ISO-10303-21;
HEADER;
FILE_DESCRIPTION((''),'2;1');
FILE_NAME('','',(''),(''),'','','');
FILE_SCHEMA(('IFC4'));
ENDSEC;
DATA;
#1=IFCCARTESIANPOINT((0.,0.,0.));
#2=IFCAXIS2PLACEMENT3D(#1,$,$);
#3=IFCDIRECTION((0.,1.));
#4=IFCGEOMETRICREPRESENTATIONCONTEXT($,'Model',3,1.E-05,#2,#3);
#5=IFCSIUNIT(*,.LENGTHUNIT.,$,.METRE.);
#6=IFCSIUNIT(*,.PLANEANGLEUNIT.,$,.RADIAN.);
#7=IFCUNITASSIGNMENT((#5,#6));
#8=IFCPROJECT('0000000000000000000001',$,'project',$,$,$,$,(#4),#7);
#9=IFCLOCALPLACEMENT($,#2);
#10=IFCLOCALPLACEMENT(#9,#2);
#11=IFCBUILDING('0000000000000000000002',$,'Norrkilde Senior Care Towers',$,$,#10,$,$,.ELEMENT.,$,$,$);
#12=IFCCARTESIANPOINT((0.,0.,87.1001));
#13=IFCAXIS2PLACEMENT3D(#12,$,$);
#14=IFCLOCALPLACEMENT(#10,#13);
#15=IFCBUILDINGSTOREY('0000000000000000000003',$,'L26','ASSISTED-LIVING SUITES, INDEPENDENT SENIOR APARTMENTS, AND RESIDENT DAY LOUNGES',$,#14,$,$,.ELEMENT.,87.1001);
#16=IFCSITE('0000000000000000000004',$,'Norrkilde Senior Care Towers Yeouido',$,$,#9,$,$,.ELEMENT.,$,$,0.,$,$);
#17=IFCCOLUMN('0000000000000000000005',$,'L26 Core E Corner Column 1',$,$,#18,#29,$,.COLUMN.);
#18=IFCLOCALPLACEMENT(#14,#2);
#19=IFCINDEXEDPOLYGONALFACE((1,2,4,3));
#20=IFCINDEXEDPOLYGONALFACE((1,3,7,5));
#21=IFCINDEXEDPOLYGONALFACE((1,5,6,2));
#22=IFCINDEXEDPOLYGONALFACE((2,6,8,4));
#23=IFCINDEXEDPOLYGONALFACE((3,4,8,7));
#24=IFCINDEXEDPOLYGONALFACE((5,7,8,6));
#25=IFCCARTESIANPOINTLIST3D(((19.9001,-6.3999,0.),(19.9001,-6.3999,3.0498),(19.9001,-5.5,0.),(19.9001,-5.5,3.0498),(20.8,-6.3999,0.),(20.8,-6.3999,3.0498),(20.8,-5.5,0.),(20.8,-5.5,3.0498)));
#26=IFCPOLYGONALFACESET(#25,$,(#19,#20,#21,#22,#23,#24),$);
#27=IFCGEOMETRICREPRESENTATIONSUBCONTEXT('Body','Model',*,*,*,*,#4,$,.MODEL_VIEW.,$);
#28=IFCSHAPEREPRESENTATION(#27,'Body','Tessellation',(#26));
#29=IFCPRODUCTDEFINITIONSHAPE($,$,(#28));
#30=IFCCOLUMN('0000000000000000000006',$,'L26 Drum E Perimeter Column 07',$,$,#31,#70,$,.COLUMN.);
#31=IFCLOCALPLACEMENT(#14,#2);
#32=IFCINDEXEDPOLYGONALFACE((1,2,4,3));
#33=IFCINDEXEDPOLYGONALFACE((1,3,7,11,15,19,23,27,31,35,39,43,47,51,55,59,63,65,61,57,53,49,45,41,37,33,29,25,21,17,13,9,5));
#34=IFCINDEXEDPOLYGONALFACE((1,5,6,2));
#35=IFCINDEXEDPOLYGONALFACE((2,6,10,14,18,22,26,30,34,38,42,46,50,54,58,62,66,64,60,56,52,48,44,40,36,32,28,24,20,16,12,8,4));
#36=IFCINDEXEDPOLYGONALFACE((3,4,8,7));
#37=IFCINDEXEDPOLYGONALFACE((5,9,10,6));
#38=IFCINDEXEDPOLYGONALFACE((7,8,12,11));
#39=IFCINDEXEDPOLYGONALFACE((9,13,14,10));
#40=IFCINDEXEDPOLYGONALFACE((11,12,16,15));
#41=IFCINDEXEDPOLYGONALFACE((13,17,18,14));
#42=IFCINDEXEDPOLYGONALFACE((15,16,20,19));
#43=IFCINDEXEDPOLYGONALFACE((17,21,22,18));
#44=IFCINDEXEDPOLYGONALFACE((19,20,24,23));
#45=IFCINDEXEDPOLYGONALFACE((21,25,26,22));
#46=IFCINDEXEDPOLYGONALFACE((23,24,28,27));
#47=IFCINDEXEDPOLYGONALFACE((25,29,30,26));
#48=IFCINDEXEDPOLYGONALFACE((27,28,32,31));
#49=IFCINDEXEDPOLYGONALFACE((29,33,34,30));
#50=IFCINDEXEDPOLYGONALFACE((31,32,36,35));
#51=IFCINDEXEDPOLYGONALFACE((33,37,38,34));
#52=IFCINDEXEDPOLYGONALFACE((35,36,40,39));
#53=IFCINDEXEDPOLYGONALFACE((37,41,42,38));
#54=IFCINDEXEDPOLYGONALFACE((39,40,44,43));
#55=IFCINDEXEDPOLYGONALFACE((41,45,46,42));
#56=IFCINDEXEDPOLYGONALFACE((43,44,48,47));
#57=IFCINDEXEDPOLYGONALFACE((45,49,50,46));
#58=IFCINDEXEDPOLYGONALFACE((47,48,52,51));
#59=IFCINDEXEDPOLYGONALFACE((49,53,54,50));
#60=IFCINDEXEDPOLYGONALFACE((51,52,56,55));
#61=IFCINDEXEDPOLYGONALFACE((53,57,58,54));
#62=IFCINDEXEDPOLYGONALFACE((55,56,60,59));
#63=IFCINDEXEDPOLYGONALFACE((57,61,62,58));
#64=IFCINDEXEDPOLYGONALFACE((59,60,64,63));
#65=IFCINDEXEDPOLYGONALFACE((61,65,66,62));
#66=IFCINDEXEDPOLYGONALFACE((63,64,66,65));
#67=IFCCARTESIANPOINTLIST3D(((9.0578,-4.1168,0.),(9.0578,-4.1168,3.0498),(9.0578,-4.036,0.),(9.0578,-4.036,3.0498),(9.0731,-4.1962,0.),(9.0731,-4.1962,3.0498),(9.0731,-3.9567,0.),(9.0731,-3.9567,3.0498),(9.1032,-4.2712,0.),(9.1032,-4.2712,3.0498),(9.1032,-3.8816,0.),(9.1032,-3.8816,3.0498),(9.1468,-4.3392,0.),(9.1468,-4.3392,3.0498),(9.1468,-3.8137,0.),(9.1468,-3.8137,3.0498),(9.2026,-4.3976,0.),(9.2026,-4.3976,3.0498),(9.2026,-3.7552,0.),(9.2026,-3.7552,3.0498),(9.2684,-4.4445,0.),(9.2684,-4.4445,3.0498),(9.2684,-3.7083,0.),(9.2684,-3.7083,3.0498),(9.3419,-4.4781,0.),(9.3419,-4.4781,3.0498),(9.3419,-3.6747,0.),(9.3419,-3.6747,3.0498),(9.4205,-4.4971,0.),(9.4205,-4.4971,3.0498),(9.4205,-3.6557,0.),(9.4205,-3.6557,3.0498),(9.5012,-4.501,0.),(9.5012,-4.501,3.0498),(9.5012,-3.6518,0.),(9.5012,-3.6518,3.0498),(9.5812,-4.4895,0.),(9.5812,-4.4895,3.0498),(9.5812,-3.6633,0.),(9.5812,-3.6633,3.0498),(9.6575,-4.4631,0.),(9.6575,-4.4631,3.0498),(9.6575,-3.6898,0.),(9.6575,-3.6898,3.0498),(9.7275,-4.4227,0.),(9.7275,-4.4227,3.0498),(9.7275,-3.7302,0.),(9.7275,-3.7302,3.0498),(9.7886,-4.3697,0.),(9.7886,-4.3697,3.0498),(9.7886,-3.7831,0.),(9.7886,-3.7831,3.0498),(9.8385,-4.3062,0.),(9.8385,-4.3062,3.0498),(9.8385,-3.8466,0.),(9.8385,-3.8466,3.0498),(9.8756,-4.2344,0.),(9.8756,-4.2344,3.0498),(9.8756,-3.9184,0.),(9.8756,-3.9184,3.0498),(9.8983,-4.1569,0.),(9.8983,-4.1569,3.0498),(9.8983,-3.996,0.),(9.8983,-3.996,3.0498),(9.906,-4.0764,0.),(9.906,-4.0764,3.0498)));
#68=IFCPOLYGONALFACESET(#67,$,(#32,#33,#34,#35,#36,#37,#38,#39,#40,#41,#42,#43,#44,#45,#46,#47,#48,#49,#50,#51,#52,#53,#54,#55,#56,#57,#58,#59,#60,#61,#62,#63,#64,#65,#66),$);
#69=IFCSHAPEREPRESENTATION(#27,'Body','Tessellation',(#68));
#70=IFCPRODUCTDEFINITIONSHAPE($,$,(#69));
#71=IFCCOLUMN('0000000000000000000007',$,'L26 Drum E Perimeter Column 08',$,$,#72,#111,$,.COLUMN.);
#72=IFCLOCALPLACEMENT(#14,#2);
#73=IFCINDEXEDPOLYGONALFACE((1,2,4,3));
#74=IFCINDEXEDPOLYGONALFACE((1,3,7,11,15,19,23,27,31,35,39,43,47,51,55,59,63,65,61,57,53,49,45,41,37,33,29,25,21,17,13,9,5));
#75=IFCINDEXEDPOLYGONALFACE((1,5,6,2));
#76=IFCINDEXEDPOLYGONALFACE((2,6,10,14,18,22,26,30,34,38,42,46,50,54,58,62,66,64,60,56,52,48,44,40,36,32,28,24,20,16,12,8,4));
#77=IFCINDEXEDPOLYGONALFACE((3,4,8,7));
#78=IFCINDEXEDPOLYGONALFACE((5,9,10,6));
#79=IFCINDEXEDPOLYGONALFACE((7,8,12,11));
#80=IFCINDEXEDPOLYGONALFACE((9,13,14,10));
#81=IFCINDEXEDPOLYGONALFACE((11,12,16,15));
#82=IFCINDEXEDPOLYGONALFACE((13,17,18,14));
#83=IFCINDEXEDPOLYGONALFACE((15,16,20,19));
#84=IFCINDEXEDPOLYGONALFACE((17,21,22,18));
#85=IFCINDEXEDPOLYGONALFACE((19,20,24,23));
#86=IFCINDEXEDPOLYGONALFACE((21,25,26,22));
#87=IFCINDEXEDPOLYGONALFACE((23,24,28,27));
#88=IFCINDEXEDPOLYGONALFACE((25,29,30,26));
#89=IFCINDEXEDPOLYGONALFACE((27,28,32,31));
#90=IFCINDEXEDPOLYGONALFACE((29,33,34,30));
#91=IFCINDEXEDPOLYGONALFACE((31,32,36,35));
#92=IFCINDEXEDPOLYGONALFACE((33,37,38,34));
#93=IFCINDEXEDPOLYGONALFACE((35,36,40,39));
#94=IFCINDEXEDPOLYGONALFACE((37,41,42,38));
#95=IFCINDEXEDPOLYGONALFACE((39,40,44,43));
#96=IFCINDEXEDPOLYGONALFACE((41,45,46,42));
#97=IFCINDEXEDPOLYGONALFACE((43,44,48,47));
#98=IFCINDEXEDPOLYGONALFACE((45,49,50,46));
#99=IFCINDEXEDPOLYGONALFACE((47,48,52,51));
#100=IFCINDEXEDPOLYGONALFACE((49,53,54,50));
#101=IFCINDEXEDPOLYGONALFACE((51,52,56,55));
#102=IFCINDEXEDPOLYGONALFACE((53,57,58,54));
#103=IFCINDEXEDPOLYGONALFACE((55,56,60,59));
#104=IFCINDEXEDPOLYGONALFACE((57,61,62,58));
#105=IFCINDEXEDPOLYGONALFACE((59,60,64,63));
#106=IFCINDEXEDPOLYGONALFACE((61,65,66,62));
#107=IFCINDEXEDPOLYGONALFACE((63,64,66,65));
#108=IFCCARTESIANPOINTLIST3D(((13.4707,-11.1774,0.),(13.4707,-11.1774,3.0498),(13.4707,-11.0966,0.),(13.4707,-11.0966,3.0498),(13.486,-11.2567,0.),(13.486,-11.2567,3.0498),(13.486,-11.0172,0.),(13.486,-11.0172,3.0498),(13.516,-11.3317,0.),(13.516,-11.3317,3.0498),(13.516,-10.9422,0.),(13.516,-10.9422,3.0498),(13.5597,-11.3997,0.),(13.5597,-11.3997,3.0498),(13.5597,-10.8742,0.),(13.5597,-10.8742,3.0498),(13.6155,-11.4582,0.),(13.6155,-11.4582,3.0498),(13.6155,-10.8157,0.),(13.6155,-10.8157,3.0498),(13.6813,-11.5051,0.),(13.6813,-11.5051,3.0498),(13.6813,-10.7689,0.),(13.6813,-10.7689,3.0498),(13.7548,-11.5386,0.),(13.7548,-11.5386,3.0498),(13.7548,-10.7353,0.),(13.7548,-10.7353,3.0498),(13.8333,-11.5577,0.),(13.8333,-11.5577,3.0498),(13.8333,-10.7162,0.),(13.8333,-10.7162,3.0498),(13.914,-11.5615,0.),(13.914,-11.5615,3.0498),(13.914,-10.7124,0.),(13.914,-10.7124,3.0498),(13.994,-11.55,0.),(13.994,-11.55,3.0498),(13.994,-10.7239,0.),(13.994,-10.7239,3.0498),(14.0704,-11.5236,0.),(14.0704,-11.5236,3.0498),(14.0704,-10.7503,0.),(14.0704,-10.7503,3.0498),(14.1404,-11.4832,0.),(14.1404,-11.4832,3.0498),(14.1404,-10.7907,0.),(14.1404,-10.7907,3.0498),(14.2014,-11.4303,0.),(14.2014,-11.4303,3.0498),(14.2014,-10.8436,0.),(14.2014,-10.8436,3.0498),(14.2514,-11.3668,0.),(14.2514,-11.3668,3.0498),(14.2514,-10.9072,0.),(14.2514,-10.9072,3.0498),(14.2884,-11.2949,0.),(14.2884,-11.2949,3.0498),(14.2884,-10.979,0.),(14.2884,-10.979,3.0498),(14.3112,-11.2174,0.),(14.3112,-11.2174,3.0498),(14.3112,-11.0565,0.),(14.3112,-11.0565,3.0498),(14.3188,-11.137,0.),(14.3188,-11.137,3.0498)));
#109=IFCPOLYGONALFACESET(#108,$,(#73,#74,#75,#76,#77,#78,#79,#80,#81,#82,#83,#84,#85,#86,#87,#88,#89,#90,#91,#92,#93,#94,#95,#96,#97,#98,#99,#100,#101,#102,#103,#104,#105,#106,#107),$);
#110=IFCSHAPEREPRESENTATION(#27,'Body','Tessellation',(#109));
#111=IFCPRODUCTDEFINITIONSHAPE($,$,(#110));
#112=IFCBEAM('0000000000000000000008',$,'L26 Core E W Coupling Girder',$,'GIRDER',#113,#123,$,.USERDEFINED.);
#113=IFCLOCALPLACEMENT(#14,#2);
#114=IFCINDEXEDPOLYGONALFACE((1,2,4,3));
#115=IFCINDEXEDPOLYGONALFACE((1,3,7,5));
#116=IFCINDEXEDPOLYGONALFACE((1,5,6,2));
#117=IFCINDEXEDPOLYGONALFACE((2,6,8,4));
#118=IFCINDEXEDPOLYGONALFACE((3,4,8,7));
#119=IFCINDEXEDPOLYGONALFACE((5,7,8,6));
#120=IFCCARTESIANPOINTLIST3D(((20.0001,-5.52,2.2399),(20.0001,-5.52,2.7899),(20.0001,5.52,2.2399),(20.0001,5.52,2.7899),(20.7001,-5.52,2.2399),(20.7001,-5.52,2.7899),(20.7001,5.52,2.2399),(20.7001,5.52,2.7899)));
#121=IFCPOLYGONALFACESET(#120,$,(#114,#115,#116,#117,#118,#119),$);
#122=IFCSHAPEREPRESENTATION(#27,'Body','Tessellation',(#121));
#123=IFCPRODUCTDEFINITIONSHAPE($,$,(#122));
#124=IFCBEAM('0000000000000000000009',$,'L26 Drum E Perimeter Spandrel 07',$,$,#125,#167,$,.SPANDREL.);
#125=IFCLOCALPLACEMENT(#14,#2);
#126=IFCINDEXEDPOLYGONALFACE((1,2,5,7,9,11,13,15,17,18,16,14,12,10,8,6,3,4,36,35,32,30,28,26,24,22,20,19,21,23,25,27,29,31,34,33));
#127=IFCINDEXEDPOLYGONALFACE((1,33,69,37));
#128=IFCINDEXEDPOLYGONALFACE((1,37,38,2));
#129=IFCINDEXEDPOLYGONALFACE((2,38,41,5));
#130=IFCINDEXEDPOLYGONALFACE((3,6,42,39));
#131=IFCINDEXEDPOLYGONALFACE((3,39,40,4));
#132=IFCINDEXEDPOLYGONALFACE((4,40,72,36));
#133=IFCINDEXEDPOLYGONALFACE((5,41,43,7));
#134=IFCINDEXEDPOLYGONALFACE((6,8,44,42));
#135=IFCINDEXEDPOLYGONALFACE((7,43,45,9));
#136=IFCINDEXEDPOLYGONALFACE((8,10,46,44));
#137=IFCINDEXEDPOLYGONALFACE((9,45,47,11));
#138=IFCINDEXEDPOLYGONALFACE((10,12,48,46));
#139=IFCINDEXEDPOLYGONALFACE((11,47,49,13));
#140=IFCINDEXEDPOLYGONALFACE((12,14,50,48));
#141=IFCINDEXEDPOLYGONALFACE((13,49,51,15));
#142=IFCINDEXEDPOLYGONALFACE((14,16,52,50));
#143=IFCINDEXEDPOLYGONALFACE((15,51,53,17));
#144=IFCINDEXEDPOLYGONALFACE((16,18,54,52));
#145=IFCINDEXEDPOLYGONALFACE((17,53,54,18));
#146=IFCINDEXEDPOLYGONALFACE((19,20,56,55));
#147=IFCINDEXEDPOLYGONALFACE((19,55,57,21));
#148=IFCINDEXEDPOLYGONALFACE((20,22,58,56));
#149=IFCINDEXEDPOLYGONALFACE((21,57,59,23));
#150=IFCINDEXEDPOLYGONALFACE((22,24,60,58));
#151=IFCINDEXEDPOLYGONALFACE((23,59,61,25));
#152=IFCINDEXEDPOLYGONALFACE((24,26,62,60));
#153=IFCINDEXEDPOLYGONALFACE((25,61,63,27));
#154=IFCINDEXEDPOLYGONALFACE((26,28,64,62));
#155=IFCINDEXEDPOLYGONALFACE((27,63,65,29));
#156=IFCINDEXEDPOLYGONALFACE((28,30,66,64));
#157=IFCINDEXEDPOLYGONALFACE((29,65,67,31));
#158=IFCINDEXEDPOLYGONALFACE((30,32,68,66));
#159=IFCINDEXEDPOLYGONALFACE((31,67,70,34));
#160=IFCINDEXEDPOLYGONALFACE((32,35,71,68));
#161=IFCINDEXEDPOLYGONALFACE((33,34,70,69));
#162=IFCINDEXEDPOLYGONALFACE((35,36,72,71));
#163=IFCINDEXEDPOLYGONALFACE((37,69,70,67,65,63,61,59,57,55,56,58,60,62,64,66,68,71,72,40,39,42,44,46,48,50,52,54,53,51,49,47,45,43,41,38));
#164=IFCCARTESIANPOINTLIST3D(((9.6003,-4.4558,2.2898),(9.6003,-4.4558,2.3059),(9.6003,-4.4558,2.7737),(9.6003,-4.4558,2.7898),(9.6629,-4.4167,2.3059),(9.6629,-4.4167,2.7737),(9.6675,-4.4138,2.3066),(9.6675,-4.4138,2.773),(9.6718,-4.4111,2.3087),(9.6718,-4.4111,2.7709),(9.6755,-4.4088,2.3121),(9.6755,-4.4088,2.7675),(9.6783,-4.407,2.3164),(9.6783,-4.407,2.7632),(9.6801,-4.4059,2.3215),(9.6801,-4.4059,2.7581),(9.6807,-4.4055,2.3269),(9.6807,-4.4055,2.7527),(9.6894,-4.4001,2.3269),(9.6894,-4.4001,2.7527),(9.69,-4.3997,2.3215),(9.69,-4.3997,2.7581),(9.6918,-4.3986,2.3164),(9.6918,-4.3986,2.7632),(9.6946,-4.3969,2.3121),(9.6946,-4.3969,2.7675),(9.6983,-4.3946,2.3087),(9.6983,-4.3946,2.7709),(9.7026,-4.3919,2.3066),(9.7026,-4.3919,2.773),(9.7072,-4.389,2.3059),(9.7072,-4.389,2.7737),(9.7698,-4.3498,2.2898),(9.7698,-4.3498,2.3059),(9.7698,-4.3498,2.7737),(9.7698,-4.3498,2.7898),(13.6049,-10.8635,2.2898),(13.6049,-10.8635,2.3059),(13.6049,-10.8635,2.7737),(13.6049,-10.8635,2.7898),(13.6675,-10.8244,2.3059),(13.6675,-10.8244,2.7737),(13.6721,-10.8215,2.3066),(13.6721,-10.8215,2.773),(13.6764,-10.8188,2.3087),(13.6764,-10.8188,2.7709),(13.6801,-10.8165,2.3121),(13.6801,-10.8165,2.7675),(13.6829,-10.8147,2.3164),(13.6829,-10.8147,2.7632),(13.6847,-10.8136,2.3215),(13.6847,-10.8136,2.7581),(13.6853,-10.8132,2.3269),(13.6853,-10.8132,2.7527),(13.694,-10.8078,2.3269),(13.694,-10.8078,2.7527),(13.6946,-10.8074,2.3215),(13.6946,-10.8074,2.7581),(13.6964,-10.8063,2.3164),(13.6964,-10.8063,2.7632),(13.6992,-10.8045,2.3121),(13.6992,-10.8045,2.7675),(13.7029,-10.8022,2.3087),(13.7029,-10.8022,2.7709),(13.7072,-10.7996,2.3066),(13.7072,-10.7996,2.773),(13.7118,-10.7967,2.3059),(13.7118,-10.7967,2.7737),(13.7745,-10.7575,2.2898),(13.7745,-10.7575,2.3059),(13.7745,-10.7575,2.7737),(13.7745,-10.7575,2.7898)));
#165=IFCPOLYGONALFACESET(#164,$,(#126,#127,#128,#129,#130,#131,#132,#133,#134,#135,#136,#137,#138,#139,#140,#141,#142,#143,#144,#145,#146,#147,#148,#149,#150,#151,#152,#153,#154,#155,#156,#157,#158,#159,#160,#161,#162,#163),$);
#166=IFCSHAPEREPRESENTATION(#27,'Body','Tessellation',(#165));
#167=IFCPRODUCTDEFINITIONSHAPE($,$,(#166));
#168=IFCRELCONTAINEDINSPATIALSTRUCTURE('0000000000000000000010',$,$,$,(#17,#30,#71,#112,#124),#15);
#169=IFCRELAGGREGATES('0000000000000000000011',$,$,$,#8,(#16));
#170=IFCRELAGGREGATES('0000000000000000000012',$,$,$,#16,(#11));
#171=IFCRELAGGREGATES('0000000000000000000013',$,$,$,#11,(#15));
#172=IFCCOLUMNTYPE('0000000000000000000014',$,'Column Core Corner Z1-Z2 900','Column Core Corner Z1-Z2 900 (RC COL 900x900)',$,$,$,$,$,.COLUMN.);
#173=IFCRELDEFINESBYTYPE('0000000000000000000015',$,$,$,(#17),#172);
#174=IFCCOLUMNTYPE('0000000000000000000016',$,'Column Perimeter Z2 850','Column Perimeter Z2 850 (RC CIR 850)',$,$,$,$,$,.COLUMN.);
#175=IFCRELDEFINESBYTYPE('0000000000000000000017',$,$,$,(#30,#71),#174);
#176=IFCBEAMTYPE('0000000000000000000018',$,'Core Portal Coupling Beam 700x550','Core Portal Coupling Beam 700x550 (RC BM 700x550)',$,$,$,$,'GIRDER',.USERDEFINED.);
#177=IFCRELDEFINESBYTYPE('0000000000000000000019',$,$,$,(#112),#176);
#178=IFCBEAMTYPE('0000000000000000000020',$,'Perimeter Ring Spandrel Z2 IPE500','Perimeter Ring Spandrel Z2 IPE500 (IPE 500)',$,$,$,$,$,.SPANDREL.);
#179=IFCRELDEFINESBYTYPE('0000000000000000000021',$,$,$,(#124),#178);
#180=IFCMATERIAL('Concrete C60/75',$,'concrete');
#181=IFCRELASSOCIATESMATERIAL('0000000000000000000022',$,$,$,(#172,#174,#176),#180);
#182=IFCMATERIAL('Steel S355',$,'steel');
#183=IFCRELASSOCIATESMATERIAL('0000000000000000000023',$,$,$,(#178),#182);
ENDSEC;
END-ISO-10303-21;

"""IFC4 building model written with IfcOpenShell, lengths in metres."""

from ifc_helpers import new_model, si_unit, direction, frame, origin, origin_2d, place, context, subcontext, project, spatial, rectangle, circle, i_section, extrude, source, transform, mapped, material, material_profile, profile_set, type_object, type_shapes, element, save


model = new_model("IFC4")

# Units and contexts
model_context = context("Model", 3, precision=1e-05, world=origin(), true_north=direction((0.0, 1.0)))
body_context = subcontext(model_context, "Body", "Model", "MODEL_VIEW")
ifc_project = project(units=[si_unit("LENGTHUNIT", "METRE"), si_unit("PLANEANGLEUNIT", "RADIAN")], contexts=[model_context])

# Site, building, storey
site_placement = place(None, origin())
site = spatial("IfcSite", under=ifc_project, at=site_placement, Name="Norrkilde Senior Care Towers Yeouido", CompositionType="ELEMENT", RefElevation=0.0)
building_placement = place(site_placement, origin())
building = spatial("IfcBuilding", under=site, at=building_placement, Name="Norrkilde Senior Care Towers", CompositionType="ELEMENT")
storey_placement = place(building_placement, frame((0.0, 0.0, 87.1001)))
storey = spatial("IfcBuildingStorey", under=building, at=storey_placement, Name="L26", Description="ASSISTED-LIVING SUITES, INDEPENDENT SENIOR APARTMENTS, AND RESIDENT DAY LOUNGES", CompositionType="ELEMENT", Elevation=87.1001)

# Columns
ifc_material_1 = material(Name="Concrete C60/75", Category="concrete")
ifc_material_profile_1 = material_profile(ifc_material_1, rectangle(XDim=0.8999, YDim=0.8999, at=origin_2d()), Name="RC COL 900x900")
ifc_profile_set_1 = profile_set([ifc_material_profile_1], Name="Concrete C60/75")
column_type_1 = type_object("IfcColumnType", Name="Column Core Corner Z1-Z2 900", Description="Column Core Corner Z1-Z2 900 (RC COL 900x900)", PredefinedType="COLUMN", material=ifc_profile_set_1)
shared_shape_1 = source(origin(), body_context, "Body", "SweptSolid", [
    extrude(rectangle(XDim=0.8999, YDim=0.8999, at=origin_2d()), origin(), (0.0, 0.0, 1.0), 3.0498),
])
type_shapes(column_type_1, [shared_shape_1])
column_placement = place(storey_placement, frame((20.3501, -5.95, 0.0), z_axis=(0.0, 0.0, 1.0), x_axis=(1.0, 0.0, 0.0)))
element("IfcColumn", 1, at=column_placement, inside=storey, type_object=column_type_1, Name="L26 Core E Corner Column 1", PredefinedType="COLUMN", context=body_context, shape_type="MappedRepresentation", body=[
    mapped(shared_shape_1, transform((0.0, 0.0, 0.0), x_axis=(1.0, 0.0, 0.0), y_axis=(0.0, 1.0, 0.0), z_axis=(0.0, 0.0, 1.0), scale=1.0)),
])
ifc_material_profile_2 = material_profile(ifc_material_1, circle(Radius=0.425, at=origin_2d()), Name="RC CIR 850")
ifc_profile_set_2 = profile_set([ifc_material_profile_2], Name="Concrete C60/75")
column_type_2 = type_object("IfcColumnType", Name="Column Perimeter Z2 850", Description="Column Perimeter Z2 850 (RC CIR 850)", PredefinedType="COLUMN", material=ifc_profile_set_2)
shared_shape_2 = source(origin(), body_context, "Body", "SweptSolid", [
    extrude(circle(Radius=0.425, at=origin_2d()), origin(), (0.0, 0.0, 1.0), 3.0498),
])
type_shapes(column_type_2, [shared_shape_2])
for number, where, z_axis, x_axis, name in (
    (2, (9.481, -4.0764, 0.0), (0.0, 0.0, 1.0), (1.0, 0.0, 0.0), "L26 Drum E Perimeter Column 07"),
    (3, (13.8938, -11.137, 0.0), (0.0, 0.0, 1.0), (1.0, 0.0, 0.0), "L26 Drum E Perimeter Column 08"),
):
    element("IfcColumn", number, at=place(storey_placement, frame(where, z_axis=z_axis, x_axis=x_axis)), inside=storey, type_object=column_type_2, Name=name, PredefinedType="COLUMN", context=body_context, shape_type="MappedRepresentation", body=[
        mapped(shared_shape_2, transform((0.0, 0.0, 0.0), x_axis=(1.0, 0.0, 0.0), y_axis=(0.0, 1.0, 0.0), z_axis=(0.0, 0.0, 1.0), scale=1.0)),
    ])

# Beams
ifc_material_profile_3 = material_profile(ifc_material_1, rectangle(XDim=0.7, YDim=0.55, at=origin_2d()), Name="RC BM 700x550")
ifc_profile_set_3 = profile_set([ifc_material_profile_3], Name="Concrete C60/75")
beam_type_1 = type_object("IfcBeamType", Name="Core Portal Coupling Beam 700x550", Description="Core Portal Coupling Beam 700x550 (RC BM 700x550)", ElementType="GIRDER", PredefinedType="USERDEFINED", material=ifc_profile_set_3)
shared_shape_3 = source(origin(), body_context, "Body", "SweptSolid", [
    extrude(rectangle(XDim=0.7, YDim=0.55, at=origin_2d()), origin(), (0.0, 0.0, 1.0), 11.04),
])
type_shapes(beam_type_1, [shared_shape_3])
beam_1_placement = place(storey_placement, frame((20.3501, -5.52, 2.5149), z_axis=(0.0, 1.0, 0.0), x_axis=(-1.0, 0.0, 0.0)))
element("IfcBeam", 4, at=beam_1_placement, inside=storey, type_object=beam_type_1, Name="L26 Core E W Coupling Girder", ObjectType="GIRDER", PredefinedType="USERDEFINED", context=body_context, shape_type="MappedRepresentation", body=[
    mapped(shared_shape_3, transform((0.0, 0.0, 0.0), x_axis=(1.0, 0.0, 0.0), y_axis=(0.0, 1.0, 0.0), z_axis=(0.0, 0.0, 1.0), scale=1.0)),
])
ifc_material_2 = material(Name="Steel S355", Category="steel")
ifc_material_profile_4 = material_profile(ifc_material_2, i_section(OverallWidth=0.2, OverallDepth=0.5, WebThickness=0.0103, FlangeThickness=0.0161, FilletRadius=0.021, at=origin_2d()), Name="IPE 500")
ifc_profile_set_4 = profile_set([ifc_material_profile_4], Name="Steel S355")
beam_type_2 = type_object("IfcBeamType", Name="Perimeter Ring Spandrel Z2 IPE500", Description="Perimeter Ring Spandrel Z2 IPE500 (IPE 500)", PredefinedType="SPANDREL", material=ifc_profile_set_4)
shared_shape_4 = source(origin(), body_context, "Body", "SweptSolid", [
    extrude(i_section(OverallWidth=0.2, OverallDepth=0.5, WebThickness=0.0103, FlangeThickness=0.0161, FilletRadius=0.021, at=origin_2d()), origin(), (0.0, 0.0, 1.0), 7.5562),
])
beam_2_placement = place(storey_placement, frame((9.6851, -4.4028, 2.5398), z_axis=(0.529982, -0.848009, 0.0), x_axis=(0.848009, 0.529982, 0.0)))
element("IfcBeam", 5, at=beam_2_placement, inside=storey, type_object=beam_type_2, Name="L26 Drum E Perimeter Spandrel 07", PredefinedType="SPANDREL", context=body_context, shape_type="MappedRepresentation", body=[
    mapped(shared_shape_4, transform((0.0, 0.0, 0.0), x_axis=(1.0, 0.0, 0.0), y_axis=(0.0, 1.0, 0.0), z_axis=(0.0, 0.0, 1.0), scale=1.0)),
])

save(model, "model.ifc")
